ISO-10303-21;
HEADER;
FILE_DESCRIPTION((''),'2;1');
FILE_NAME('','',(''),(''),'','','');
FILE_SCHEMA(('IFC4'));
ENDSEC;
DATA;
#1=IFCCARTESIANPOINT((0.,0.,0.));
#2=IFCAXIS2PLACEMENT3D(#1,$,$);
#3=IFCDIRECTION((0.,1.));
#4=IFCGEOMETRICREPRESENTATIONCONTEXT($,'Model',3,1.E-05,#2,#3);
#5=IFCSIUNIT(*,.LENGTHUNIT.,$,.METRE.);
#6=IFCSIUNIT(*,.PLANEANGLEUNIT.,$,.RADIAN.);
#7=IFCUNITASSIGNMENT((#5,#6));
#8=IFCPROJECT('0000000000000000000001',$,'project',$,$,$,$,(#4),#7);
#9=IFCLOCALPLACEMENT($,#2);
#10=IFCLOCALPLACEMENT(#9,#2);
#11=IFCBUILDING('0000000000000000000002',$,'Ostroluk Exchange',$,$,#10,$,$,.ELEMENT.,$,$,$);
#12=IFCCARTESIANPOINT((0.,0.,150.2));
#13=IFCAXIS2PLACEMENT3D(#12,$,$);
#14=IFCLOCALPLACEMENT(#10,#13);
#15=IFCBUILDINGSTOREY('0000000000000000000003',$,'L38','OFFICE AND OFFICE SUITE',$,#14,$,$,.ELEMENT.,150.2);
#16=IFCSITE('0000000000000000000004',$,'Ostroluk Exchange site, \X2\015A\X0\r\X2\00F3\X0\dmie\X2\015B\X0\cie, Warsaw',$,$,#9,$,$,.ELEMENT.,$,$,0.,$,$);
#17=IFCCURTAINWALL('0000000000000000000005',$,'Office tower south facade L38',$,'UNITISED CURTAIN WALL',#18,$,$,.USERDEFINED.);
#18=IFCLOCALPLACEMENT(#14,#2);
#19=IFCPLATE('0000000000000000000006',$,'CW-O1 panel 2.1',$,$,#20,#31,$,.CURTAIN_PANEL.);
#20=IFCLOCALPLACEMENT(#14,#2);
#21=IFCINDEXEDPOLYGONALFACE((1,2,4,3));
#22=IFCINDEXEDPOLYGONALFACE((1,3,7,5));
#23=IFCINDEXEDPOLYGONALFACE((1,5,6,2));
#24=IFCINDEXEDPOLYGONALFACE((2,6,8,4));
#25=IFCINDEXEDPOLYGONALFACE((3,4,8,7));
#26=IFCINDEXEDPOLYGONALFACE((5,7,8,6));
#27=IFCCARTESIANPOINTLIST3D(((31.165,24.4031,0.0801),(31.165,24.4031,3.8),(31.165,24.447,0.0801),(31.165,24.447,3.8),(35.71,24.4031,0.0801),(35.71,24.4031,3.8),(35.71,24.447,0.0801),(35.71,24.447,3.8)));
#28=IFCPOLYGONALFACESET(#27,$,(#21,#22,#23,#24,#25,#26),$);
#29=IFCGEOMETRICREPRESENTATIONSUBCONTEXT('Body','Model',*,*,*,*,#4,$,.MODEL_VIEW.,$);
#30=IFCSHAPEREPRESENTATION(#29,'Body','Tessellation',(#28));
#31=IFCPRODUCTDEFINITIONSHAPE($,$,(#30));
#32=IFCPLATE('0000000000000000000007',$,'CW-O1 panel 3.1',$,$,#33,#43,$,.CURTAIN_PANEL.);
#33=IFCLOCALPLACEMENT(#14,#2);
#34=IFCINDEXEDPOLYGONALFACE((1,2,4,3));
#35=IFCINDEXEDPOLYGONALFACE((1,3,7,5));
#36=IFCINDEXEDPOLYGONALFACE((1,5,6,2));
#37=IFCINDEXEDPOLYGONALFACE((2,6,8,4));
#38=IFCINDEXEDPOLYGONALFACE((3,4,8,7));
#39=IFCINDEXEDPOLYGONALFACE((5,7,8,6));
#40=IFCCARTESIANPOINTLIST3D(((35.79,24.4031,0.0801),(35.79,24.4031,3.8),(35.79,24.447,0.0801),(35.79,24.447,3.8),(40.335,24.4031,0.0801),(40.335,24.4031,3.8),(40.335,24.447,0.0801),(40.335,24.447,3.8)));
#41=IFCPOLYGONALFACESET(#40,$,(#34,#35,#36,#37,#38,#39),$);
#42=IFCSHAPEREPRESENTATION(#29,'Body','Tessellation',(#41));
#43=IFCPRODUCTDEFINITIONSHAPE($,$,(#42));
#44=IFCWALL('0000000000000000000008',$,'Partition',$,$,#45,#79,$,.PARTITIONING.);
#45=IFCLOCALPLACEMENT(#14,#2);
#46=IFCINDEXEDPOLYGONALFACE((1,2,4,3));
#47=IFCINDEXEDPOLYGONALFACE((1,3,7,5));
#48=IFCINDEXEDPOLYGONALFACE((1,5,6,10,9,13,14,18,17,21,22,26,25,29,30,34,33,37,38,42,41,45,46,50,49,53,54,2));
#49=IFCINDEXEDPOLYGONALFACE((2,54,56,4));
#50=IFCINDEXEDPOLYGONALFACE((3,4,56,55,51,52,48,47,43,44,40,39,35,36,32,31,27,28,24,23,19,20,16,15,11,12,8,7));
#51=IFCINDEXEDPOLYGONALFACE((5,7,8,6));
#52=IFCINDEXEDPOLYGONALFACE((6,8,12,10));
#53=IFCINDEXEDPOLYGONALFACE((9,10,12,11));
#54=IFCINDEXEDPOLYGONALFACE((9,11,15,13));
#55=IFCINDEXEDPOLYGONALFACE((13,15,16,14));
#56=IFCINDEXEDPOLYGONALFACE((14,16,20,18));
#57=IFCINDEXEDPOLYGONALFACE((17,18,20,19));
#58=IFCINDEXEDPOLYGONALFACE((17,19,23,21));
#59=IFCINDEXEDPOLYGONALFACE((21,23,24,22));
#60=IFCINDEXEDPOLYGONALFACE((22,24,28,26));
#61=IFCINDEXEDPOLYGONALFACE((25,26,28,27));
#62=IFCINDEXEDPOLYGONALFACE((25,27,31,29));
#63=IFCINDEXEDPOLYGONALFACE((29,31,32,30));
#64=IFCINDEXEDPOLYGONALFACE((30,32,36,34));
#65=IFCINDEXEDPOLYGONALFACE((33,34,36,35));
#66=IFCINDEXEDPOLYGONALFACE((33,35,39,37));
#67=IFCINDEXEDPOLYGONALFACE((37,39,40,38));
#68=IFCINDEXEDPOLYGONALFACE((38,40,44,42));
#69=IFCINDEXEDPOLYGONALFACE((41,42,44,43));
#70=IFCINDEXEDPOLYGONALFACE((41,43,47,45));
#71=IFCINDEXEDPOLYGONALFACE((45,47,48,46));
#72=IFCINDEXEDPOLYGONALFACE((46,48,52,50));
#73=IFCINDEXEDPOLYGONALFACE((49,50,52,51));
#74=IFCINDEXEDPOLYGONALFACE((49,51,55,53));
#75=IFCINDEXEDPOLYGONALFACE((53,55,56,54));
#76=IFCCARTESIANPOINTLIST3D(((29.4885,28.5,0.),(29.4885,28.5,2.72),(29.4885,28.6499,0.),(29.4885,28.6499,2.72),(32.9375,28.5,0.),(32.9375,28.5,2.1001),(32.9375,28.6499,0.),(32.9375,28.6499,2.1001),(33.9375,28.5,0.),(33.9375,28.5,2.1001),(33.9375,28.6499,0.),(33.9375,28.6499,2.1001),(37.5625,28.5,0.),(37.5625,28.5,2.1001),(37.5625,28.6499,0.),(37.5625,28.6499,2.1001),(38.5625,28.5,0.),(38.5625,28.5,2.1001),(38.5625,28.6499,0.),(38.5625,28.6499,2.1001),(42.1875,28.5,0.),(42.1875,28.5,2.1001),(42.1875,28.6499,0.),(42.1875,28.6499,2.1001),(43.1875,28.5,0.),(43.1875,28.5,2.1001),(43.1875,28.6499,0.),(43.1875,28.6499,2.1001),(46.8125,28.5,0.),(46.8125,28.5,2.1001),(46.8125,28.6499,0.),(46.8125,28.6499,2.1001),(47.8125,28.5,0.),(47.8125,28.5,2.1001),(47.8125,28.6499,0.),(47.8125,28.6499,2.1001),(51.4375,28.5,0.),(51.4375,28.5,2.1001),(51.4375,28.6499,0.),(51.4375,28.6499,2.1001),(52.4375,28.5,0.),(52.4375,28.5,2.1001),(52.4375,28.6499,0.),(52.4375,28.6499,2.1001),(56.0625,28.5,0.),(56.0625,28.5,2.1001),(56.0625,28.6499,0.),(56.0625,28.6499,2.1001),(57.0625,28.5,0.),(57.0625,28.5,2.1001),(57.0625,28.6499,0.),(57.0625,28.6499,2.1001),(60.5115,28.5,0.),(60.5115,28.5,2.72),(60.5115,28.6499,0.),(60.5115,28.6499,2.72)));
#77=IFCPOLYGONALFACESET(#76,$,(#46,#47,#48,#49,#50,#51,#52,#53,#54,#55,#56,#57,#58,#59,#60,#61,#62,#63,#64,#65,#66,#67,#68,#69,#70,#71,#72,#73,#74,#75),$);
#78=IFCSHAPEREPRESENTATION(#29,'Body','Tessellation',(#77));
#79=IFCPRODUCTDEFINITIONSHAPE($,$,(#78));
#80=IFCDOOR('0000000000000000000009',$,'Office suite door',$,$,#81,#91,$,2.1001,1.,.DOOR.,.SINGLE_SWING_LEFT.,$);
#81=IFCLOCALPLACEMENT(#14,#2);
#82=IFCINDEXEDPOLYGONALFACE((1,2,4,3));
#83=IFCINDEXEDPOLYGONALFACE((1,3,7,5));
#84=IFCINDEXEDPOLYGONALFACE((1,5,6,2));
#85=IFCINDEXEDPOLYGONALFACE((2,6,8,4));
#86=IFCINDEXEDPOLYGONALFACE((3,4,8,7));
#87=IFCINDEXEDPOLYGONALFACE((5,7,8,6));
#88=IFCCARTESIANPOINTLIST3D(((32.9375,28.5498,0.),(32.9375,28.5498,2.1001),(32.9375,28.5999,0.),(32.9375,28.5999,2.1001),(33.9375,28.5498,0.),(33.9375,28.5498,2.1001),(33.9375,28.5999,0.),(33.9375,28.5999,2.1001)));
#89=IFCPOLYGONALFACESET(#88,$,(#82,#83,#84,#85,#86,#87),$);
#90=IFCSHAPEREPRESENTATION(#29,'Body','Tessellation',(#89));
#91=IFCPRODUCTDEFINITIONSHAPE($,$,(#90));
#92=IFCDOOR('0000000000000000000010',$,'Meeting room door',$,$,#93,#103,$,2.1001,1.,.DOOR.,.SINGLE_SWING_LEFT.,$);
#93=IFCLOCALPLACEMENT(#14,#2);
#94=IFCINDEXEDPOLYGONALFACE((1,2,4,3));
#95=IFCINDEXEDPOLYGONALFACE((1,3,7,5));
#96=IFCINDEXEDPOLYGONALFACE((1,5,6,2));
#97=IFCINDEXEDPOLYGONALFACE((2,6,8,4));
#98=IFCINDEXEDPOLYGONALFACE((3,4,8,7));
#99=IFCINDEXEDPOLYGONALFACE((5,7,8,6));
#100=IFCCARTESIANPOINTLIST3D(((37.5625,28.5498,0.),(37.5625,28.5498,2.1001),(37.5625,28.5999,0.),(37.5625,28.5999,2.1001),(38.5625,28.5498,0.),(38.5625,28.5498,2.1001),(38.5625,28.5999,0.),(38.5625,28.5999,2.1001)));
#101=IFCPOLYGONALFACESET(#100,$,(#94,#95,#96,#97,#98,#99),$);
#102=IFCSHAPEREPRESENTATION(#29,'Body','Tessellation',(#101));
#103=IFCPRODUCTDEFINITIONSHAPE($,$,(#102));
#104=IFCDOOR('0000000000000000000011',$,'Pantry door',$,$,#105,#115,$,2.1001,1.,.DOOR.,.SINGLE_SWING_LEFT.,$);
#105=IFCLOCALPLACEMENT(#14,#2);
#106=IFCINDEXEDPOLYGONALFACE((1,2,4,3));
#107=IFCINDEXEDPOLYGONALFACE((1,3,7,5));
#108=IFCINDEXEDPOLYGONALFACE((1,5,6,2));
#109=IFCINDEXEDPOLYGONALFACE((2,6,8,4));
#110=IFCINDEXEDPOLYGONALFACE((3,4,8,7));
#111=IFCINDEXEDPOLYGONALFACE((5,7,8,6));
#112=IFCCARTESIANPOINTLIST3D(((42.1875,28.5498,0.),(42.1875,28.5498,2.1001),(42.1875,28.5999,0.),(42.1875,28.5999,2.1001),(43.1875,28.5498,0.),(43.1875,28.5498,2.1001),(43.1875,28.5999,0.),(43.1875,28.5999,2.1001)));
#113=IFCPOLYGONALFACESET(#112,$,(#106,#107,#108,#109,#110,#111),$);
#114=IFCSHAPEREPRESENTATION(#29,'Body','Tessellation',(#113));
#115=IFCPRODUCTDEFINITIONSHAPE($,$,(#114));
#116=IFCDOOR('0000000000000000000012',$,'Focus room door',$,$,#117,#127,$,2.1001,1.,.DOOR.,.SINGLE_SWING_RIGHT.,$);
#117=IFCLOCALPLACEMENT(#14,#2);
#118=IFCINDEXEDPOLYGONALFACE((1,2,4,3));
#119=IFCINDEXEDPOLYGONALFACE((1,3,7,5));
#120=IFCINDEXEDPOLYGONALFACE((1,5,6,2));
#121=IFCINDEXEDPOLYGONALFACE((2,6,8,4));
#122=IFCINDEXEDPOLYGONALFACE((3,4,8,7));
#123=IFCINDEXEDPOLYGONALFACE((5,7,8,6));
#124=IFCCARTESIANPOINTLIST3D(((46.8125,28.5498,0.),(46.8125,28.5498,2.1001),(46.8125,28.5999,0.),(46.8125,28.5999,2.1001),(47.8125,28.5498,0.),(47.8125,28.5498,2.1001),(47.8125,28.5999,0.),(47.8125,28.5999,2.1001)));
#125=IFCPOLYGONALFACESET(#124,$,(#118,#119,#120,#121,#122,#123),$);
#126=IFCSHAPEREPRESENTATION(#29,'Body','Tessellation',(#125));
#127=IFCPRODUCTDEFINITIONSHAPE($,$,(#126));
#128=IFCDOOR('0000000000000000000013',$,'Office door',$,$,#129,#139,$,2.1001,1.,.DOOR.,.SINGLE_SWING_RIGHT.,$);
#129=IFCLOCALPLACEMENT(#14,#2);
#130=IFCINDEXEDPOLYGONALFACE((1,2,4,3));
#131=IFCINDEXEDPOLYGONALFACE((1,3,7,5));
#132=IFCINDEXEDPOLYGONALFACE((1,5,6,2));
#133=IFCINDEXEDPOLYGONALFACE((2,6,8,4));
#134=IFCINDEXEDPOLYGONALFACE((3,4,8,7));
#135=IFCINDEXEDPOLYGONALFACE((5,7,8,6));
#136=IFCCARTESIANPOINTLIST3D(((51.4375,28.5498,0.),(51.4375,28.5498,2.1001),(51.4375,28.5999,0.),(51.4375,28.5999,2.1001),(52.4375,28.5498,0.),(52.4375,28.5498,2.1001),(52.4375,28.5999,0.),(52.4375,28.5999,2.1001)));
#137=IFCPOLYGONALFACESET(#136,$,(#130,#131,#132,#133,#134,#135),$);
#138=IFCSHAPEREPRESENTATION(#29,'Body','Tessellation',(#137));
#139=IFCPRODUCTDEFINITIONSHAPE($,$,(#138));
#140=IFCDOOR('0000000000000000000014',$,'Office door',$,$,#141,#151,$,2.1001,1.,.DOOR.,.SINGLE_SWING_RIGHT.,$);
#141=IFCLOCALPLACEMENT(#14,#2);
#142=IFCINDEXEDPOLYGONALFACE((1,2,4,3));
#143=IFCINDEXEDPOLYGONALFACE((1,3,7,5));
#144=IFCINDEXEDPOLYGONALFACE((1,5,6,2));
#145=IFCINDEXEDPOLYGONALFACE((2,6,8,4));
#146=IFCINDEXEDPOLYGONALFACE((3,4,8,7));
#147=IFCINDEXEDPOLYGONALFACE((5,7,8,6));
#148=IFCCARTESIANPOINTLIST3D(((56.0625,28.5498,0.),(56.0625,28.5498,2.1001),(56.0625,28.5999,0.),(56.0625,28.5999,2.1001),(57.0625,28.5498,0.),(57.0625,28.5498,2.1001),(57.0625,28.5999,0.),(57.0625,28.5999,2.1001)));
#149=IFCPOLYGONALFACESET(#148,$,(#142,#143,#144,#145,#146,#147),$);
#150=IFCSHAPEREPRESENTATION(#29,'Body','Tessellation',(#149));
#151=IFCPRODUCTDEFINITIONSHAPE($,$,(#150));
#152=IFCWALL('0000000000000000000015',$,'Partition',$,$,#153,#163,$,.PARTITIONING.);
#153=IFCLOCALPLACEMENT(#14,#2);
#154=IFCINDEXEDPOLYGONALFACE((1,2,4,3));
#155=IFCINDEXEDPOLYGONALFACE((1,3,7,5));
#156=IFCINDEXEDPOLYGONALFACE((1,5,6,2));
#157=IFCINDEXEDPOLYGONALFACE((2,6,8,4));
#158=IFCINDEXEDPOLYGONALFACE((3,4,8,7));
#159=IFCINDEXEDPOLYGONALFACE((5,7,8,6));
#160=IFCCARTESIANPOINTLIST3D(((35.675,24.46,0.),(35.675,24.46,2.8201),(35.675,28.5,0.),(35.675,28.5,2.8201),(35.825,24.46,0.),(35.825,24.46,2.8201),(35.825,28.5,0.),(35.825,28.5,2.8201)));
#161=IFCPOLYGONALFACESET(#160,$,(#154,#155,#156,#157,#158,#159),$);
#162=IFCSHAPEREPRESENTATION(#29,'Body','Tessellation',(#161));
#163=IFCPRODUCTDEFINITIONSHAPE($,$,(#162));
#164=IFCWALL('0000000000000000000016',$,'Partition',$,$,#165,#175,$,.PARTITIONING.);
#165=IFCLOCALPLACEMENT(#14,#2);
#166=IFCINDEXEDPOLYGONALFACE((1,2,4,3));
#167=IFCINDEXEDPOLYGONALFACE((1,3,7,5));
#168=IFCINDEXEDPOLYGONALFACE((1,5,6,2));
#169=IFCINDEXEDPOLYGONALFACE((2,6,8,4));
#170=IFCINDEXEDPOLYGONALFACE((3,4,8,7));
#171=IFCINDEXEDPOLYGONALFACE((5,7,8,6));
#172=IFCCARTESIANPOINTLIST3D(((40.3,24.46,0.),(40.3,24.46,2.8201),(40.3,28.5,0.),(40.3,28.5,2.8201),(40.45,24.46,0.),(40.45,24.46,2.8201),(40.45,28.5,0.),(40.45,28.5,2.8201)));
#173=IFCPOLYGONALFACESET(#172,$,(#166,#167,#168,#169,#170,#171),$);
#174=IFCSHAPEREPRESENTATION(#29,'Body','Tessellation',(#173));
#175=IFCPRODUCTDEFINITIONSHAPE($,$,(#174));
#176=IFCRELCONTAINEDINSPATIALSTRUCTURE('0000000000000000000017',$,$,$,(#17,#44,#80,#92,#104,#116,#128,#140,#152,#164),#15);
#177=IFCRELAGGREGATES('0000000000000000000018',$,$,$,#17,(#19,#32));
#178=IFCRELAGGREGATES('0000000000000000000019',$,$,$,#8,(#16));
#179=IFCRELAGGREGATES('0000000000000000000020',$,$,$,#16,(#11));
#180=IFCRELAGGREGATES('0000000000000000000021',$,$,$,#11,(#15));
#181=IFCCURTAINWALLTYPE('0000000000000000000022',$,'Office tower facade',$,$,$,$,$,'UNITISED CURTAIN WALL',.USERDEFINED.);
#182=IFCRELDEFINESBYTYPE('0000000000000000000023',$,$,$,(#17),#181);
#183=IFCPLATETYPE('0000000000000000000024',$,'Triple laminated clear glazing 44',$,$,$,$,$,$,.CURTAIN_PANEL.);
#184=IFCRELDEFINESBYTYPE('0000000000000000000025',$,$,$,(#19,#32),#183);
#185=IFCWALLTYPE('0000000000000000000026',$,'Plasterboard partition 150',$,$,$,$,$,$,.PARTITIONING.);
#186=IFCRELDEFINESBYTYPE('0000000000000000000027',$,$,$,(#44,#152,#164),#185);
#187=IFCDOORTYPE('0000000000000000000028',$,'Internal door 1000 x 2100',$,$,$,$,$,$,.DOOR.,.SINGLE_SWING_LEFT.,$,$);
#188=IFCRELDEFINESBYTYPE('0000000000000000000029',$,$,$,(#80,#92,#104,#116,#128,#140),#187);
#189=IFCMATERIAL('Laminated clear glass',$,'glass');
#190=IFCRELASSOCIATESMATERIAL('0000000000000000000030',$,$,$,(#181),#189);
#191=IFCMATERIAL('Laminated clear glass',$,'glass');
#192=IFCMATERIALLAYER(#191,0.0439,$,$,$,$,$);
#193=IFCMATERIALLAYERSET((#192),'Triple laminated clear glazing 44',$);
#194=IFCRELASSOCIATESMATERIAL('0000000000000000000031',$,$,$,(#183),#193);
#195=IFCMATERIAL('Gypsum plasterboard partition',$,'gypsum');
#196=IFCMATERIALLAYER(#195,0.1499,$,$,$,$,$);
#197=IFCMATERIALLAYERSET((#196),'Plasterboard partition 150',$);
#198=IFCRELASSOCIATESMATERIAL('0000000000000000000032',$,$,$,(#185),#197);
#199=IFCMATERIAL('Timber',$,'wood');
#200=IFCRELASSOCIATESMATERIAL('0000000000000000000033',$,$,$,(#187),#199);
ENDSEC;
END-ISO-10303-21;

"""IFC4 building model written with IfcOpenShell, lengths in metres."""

from ifc_helpers import new_model, si_unit, direction, frame, frame_2d, origin, origin_2d, place, context, subcontext, project, spatial, rectangle, extrude, material, layer, layer_set, type_object, element, fill, aggregate, save


model = new_model("IFC4")

# Units and contexts
model_context = context("Model", 3, precision=1e-05, world=origin(), true_north=direction((0.0, 1.0)))
body_context = subcontext(model_context, "Body", "Model", "MODEL_VIEW")
ifc_project = project(units=[si_unit("LENGTHUNIT", "METRE"), si_unit("PLANEANGLEUNIT", "RADIAN")], contexts=[model_context])

# Site, building, storey
site_placement = place(None, origin())
site = spatial("IfcSite", under=ifc_project, at=site_placement, Name="Ostroluk Exchange site, Śródmieście, Warsaw", CompositionType="ELEMENT", RefElevation=0.0)
building_placement = place(site_placement, origin())
building = spatial("IfcBuilding", under=site, at=building_placement, Name="Ostroluk Exchange", CompositionType="ELEMENT")
storey_placement = place(building_placement, frame((0.0, 0.0, 150.2)))
storey = spatial("IfcBuildingStorey", under=building, at=storey_placement, Name="L38", Description="OFFICE AND OFFICE SUITE", CompositionType="ELEMENT", Elevation=150.2)

# Curtain wall, plates
ifc_material_1 = material(Name="Laminated clear glass", Category="glass")
curtain_wall_type = type_object("IfcCurtainWallType", Name="Office tower facade", ElementType="UNITISED CURTAIN WALL", PredefinedType="USERDEFINED", material=ifc_material_1)
curtain_wall_placement = place(storey_placement, origin())
curtain_wall = element("IfcCurtainWall", 1, at=curtain_wall_placement, inside=storey, type_object=curtain_wall_type, Name="Office tower south facade L38", ObjectType="UNITISED CURTAIN WALL", PredefinedType="USERDEFINED")
ifc_material_2 = material(Name="Laminated clear glass", Category="glass")
ifc_layer_1 = layer(ifc_material_2, 0.0439)
ifc_layer_set_1 = layer_set([ifc_layer_1], Name="Triple laminated clear glazing 44")
plate_type = type_object("IfcPlateType", Name="Triple laminated clear glazing 44", PredefinedType="CURTAIN_PANEL", material=ifc_layer_set_1)
plate_1_placement = place(storey_placement, frame((33.4375, 24.425, 0.0801), z_axis=(0.0, 0.0, 1.0), x_axis=(1.0, 0.0, 0.0)))
plate_1 = element("IfcPlate", 2, at=plate_1_placement, type_object=plate_type, Name="CW-O1 panel 2.1", PredefinedType="CURTAIN_PANEL", context=body_context, shape_type="SweptSolid", body=[
    extrude(rectangle(XDim=4.5449, YDim=0.0439, at=origin_2d()), origin(), (0.0, 0.0, 1.0), 3.72),
])
plate_2_placement = place(storey_placement, frame((38.0625, 24.425, 0.0801), z_axis=(0.0, 0.0, 1.0), x_axis=(1.0, 0.0, 0.0)))
plate_2 = element("IfcPlate", 3, at=plate_2_placement, type_object=plate_type, Name="CW-O1 panel 3.1", PredefinedType="CURTAIN_PANEL", context=body_context, shape_type="SweptSolid", body=[
    extrude(rectangle(XDim=4.5449, YDim=0.0439, at=origin_2d()), origin(), (0.0, 0.0, 1.0), 3.72),
])
aggregate(curtain_wall, [plate_1, plate_2])

# Wall, openings, doors
ifc_material_3 = material(Name="Gypsum plasterboard partition", Category="gypsum")
ifc_layer_2 = layer(ifc_material_3, 0.1499)
ifc_layer_set_2 = layer_set([ifc_layer_2], Name="Plasterboard partition 150")
wall_type = type_object("IfcWallType", Name="Plasterboard partition 150", PredefinedType="PARTITIONING", material=ifc_layer_set_2)
wall_placement = place(storey_placement, frame((29.4885, 28.575, 0.0), z_axis=(0.0, 0.0, 1.0), x_axis=(1.0, 0.0, 0.0)))
wall = element("IfcWall", 4, at=wall_placement, inside=storey, type_object=wall_type, Name="Partition", PredefinedType="PARTITIONING", context=body_context, shape_type="SweptSolid", body=[
    extrude(rectangle(XDim=31.0229, YDim=0.1499, at=frame_2d((15.5115, 0.0))), origin(), (0.0, 0.0, 1.0), 2.72),
])
opening_1_placement = place(wall_placement, frame((3.449, 0.0, 0.0)))
opening_1 = element("IfcOpeningElement", 5, at=opening_1_placement, cuts=wall, PredefinedType="OPENING", context=body_context, shape_type="SweptSolid", body=[
    extrude(rectangle(XDim=1.0, YDim=2.1001, at=frame_2d((0.5, 1.05))), frame((0.0, 0.085, 0.0), z_axis=(0.0, -1.0, 0.0), x_axis=(1.0, 0.0, 0.0)), (0.0, 0.0, 1.0), 0.1699),
])
opening_2_placement = place(wall_placement, frame((8.074, 0.0, 0.0)))
opening_2 = element("IfcOpeningElement", 6, at=opening_2_placement, cuts=wall, PredefinedType="OPENING", context=body_context, shape_type="SweptSolid", body=[
    extrude(rectangle(XDim=1.0, YDim=2.1001, at=frame_2d((0.5, 1.05))), frame((0.0, 0.085, 0.0), z_axis=(0.0, -1.0, 0.0), x_axis=(1.0, 0.0, 0.0)), (0.0, 0.0, 1.0), 0.1699),
])
opening_3_placement = place(wall_placement, frame((12.699, 0.0, 0.0)))
opening_3 = element("IfcOpeningElement", 7, at=opening_3_placement, cuts=wall, PredefinedType="OPENING", context=body_context, shape_type="SweptSolid", body=[
    extrude(rectangle(XDim=1.0, YDim=2.1001, at=frame_2d((0.5, 1.05))), frame((0.0, 0.085, 0.0), z_axis=(0.0, -1.0, 0.0), x_axis=(1.0, 0.0, 0.0)), (0.0, 0.0, 1.0), 0.1699),
])
opening_4_placement = place(wall_placement, frame((17.324, 0.0, 0.0)))
opening_4 = element("IfcOpeningElement", 8, at=opening_4_placement, cuts=wall, PredefinedType="OPENING", context=body_context, shape_type="SweptSolid", body=[
    extrude(rectangle(XDim=1.0, YDim=2.1001, at=frame_2d((0.5, 1.05))), frame((0.0, 0.085, 0.0), z_axis=(0.0, -1.0, 0.0), x_axis=(1.0, 0.0, 0.0)), (0.0, 0.0, 1.0), 0.1699),
])
opening_5_placement = place(wall_placement, frame((21.949, 0.0, 0.0)))
opening_5 = element("IfcOpeningElement", 9, at=opening_5_placement, cuts=wall, PredefinedType="OPENING", context=body_context, shape_type="SweptSolid", body=[
    extrude(rectangle(XDim=1.0, YDim=2.1001, at=frame_2d((0.5, 1.05))), frame((0.0, 0.085, 0.0), z_axis=(0.0, -1.0, 0.0), x_axis=(1.0, 0.0, 0.0)), (0.0, 0.0, 1.0), 0.1699),
])
opening_6_placement = place(wall_placement, frame((26.574, 0.0, 0.0)))
opening_6 = element("IfcOpeningElement", 10, at=opening_6_placement, cuts=wall, PredefinedType="OPENING", context=body_context, shape_type="SweptSolid", body=[
    extrude(rectangle(XDim=1.0, YDim=2.1001, at=frame_2d((0.5, 1.05))), frame((0.0, 0.085, 0.0), z_axis=(0.0, -1.0, 0.0), x_axis=(1.0, 0.0, 0.0)), (0.0, 0.0, 1.0), 0.1699),
])
ifc_material_4 = material(Name="Timber", Category="wood")
door_type = type_object("IfcDoorType", Name="Internal door 1000 x 2100", OperationType="SINGLE_SWING_LEFT", PredefinedType="DOOR", material=ifc_material_4)
door_1_placement = place(opening_1_placement, origin())
door_1 = element("IfcDoor", 11, at=door_1_placement, inside=storey, type_object=door_type, Name="Office suite door", OperationType="SINGLE_SWING_LEFT", OverallHeight=2.1001, OverallWidth=1.0, PredefinedType="DOOR", context=body_context, shape_type="SweptSolid", body=[
    extrude(rectangle(XDim=1.0, YDim=2.1001, at=frame_2d((0.5, 1.05))), frame((0.0, 0.0249, 0.0), z_axis=(0.0, -1.0, 0.0), x_axis=(1.0, 0.0, 0.0)), (0.0, 0.0, 1.0), 0.05),
])
fill(opening_1, door_1)
door_2_placement = place(opening_2_placement, origin())
door_2 = element("IfcDoor", 12, at=door_2_placement, inside=storey, type_object=door_type, Name="Meeting room door", OperationType="SINGLE_SWING_LEFT", OverallHeight=2.1001, OverallWidth=1.0, PredefinedType="DOOR", context=body_context, shape_type="SweptSolid", body=[
    extrude(rectangle(XDim=1.0, YDim=2.1001, at=frame_2d((0.5, 1.05))), frame((0.0, 0.0249, 0.0), z_axis=(0.0, -1.0, 0.0), x_axis=(1.0, 0.0, 0.0)), (0.0, 0.0, 1.0), 0.05),
])
fill(opening_2, door_2)
door_3_placement = place(opening_3_placement, origin())
door_3 = element("IfcDoor", 13, at=door_3_placement, inside=storey, type_object=door_type, Name="Pantry door", OperationType="SINGLE_SWING_LEFT", OverallHeight=2.1001, OverallWidth=1.0, PredefinedType="DOOR", context=body_context, shape_type="SweptSolid", body=[
    extrude(rectangle(XDim=1.0, YDim=2.1001, at=frame_2d((0.5, 1.05))), frame((0.0, 0.0249, 0.0), z_axis=(0.0, -1.0, 0.0), x_axis=(1.0, 0.0, 0.0)), (0.0, 0.0, 1.0), 0.05),
])
fill(opening_3, door_3)
door_4_placement = place(opening_4_placement, origin())
door_4 = element("IfcDoor", 14, at=door_4_placement, inside=storey, type_object=door_type, Name="Focus room door", OperationType="SINGLE_SWING_RIGHT", OverallHeight=2.1001, OverallWidth=1.0, PredefinedType="DOOR", context=body_context, shape_type="SweptSolid", body=[
    extrude(rectangle(XDim=1.0, YDim=2.1001, at=frame_2d((0.5, 1.05))), frame((0.0, 0.0249, 0.0), z_axis=(0.0, -1.0, 0.0), x_axis=(1.0, 0.0, 0.0)), (0.0, 0.0, 1.0), 0.05),
])
fill(opening_4, door_4)
door_5_placement = place(opening_5_placement, origin())
door_5 = element("IfcDoor", 15, at=door_5_placement, inside=storey, type_object=door_type, Name="Office door", OperationType="SINGLE_SWING_RIGHT", OverallHeight=2.1001, OverallWidth=1.0, PredefinedType="DOOR", context=body_context, shape_type="SweptSolid", body=[
    extrude(rectangle(XDim=1.0, YDim=2.1001, at=frame_2d((0.5, 1.05))), frame((0.0, 0.0249, 0.0), z_axis=(0.0, -1.0, 0.0), x_axis=(1.0, 0.0, 0.0)), (0.0, 0.0, 1.0), 0.05),
])
fill(opening_5, door_5)
door_6_placement = place(opening_6_placement, origin())
door_6 = element("IfcDoor", 16, at=door_6_placement, inside=storey, type_object=door_type, Name="Office door", OperationType="SINGLE_SWING_RIGHT", OverallHeight=2.1001, OverallWidth=1.0, PredefinedType="DOOR", context=body_context, shape_type="SweptSolid", body=[
    extrude(rectangle(XDim=1.0, YDim=2.1001, at=frame_2d((0.5, 1.05))), frame((0.0, 0.0249, 0.0), z_axis=(0.0, -1.0, 0.0), x_axis=(1.0, 0.0, 0.0)), (0.0, 0.0, 1.0), 0.05),
])
fill(opening_6, door_6)

# Walls
for number, where, z_axis, x_axis, name in (
    (17, (35.75, 28.5, 0.0), (0.0, 0.0, 1.0), (0.0, -1.0, 0.0), "Partition"),
    (18, (40.375, 28.5, 0.0), (0.0, 0.0, 1.0), (0.0, -1.0, 0.0), "Partition"),
):
    element("IfcWall", number, at=place(storey_placement, frame(where, z_axis=z_axis, x_axis=x_axis)), inside=storey, type_object=wall_type, Name=name, PredefinedType="PARTITIONING", context=body_context, shape_type="SweptSolid", body=[
        extrude(rectangle(XDim=4.04, YDim=0.1499, at=frame_2d((2.02, 0.0))), origin(), (0.0, 0.0, 1.0), 2.8201),
    ])

save(model, "model.ifc")
